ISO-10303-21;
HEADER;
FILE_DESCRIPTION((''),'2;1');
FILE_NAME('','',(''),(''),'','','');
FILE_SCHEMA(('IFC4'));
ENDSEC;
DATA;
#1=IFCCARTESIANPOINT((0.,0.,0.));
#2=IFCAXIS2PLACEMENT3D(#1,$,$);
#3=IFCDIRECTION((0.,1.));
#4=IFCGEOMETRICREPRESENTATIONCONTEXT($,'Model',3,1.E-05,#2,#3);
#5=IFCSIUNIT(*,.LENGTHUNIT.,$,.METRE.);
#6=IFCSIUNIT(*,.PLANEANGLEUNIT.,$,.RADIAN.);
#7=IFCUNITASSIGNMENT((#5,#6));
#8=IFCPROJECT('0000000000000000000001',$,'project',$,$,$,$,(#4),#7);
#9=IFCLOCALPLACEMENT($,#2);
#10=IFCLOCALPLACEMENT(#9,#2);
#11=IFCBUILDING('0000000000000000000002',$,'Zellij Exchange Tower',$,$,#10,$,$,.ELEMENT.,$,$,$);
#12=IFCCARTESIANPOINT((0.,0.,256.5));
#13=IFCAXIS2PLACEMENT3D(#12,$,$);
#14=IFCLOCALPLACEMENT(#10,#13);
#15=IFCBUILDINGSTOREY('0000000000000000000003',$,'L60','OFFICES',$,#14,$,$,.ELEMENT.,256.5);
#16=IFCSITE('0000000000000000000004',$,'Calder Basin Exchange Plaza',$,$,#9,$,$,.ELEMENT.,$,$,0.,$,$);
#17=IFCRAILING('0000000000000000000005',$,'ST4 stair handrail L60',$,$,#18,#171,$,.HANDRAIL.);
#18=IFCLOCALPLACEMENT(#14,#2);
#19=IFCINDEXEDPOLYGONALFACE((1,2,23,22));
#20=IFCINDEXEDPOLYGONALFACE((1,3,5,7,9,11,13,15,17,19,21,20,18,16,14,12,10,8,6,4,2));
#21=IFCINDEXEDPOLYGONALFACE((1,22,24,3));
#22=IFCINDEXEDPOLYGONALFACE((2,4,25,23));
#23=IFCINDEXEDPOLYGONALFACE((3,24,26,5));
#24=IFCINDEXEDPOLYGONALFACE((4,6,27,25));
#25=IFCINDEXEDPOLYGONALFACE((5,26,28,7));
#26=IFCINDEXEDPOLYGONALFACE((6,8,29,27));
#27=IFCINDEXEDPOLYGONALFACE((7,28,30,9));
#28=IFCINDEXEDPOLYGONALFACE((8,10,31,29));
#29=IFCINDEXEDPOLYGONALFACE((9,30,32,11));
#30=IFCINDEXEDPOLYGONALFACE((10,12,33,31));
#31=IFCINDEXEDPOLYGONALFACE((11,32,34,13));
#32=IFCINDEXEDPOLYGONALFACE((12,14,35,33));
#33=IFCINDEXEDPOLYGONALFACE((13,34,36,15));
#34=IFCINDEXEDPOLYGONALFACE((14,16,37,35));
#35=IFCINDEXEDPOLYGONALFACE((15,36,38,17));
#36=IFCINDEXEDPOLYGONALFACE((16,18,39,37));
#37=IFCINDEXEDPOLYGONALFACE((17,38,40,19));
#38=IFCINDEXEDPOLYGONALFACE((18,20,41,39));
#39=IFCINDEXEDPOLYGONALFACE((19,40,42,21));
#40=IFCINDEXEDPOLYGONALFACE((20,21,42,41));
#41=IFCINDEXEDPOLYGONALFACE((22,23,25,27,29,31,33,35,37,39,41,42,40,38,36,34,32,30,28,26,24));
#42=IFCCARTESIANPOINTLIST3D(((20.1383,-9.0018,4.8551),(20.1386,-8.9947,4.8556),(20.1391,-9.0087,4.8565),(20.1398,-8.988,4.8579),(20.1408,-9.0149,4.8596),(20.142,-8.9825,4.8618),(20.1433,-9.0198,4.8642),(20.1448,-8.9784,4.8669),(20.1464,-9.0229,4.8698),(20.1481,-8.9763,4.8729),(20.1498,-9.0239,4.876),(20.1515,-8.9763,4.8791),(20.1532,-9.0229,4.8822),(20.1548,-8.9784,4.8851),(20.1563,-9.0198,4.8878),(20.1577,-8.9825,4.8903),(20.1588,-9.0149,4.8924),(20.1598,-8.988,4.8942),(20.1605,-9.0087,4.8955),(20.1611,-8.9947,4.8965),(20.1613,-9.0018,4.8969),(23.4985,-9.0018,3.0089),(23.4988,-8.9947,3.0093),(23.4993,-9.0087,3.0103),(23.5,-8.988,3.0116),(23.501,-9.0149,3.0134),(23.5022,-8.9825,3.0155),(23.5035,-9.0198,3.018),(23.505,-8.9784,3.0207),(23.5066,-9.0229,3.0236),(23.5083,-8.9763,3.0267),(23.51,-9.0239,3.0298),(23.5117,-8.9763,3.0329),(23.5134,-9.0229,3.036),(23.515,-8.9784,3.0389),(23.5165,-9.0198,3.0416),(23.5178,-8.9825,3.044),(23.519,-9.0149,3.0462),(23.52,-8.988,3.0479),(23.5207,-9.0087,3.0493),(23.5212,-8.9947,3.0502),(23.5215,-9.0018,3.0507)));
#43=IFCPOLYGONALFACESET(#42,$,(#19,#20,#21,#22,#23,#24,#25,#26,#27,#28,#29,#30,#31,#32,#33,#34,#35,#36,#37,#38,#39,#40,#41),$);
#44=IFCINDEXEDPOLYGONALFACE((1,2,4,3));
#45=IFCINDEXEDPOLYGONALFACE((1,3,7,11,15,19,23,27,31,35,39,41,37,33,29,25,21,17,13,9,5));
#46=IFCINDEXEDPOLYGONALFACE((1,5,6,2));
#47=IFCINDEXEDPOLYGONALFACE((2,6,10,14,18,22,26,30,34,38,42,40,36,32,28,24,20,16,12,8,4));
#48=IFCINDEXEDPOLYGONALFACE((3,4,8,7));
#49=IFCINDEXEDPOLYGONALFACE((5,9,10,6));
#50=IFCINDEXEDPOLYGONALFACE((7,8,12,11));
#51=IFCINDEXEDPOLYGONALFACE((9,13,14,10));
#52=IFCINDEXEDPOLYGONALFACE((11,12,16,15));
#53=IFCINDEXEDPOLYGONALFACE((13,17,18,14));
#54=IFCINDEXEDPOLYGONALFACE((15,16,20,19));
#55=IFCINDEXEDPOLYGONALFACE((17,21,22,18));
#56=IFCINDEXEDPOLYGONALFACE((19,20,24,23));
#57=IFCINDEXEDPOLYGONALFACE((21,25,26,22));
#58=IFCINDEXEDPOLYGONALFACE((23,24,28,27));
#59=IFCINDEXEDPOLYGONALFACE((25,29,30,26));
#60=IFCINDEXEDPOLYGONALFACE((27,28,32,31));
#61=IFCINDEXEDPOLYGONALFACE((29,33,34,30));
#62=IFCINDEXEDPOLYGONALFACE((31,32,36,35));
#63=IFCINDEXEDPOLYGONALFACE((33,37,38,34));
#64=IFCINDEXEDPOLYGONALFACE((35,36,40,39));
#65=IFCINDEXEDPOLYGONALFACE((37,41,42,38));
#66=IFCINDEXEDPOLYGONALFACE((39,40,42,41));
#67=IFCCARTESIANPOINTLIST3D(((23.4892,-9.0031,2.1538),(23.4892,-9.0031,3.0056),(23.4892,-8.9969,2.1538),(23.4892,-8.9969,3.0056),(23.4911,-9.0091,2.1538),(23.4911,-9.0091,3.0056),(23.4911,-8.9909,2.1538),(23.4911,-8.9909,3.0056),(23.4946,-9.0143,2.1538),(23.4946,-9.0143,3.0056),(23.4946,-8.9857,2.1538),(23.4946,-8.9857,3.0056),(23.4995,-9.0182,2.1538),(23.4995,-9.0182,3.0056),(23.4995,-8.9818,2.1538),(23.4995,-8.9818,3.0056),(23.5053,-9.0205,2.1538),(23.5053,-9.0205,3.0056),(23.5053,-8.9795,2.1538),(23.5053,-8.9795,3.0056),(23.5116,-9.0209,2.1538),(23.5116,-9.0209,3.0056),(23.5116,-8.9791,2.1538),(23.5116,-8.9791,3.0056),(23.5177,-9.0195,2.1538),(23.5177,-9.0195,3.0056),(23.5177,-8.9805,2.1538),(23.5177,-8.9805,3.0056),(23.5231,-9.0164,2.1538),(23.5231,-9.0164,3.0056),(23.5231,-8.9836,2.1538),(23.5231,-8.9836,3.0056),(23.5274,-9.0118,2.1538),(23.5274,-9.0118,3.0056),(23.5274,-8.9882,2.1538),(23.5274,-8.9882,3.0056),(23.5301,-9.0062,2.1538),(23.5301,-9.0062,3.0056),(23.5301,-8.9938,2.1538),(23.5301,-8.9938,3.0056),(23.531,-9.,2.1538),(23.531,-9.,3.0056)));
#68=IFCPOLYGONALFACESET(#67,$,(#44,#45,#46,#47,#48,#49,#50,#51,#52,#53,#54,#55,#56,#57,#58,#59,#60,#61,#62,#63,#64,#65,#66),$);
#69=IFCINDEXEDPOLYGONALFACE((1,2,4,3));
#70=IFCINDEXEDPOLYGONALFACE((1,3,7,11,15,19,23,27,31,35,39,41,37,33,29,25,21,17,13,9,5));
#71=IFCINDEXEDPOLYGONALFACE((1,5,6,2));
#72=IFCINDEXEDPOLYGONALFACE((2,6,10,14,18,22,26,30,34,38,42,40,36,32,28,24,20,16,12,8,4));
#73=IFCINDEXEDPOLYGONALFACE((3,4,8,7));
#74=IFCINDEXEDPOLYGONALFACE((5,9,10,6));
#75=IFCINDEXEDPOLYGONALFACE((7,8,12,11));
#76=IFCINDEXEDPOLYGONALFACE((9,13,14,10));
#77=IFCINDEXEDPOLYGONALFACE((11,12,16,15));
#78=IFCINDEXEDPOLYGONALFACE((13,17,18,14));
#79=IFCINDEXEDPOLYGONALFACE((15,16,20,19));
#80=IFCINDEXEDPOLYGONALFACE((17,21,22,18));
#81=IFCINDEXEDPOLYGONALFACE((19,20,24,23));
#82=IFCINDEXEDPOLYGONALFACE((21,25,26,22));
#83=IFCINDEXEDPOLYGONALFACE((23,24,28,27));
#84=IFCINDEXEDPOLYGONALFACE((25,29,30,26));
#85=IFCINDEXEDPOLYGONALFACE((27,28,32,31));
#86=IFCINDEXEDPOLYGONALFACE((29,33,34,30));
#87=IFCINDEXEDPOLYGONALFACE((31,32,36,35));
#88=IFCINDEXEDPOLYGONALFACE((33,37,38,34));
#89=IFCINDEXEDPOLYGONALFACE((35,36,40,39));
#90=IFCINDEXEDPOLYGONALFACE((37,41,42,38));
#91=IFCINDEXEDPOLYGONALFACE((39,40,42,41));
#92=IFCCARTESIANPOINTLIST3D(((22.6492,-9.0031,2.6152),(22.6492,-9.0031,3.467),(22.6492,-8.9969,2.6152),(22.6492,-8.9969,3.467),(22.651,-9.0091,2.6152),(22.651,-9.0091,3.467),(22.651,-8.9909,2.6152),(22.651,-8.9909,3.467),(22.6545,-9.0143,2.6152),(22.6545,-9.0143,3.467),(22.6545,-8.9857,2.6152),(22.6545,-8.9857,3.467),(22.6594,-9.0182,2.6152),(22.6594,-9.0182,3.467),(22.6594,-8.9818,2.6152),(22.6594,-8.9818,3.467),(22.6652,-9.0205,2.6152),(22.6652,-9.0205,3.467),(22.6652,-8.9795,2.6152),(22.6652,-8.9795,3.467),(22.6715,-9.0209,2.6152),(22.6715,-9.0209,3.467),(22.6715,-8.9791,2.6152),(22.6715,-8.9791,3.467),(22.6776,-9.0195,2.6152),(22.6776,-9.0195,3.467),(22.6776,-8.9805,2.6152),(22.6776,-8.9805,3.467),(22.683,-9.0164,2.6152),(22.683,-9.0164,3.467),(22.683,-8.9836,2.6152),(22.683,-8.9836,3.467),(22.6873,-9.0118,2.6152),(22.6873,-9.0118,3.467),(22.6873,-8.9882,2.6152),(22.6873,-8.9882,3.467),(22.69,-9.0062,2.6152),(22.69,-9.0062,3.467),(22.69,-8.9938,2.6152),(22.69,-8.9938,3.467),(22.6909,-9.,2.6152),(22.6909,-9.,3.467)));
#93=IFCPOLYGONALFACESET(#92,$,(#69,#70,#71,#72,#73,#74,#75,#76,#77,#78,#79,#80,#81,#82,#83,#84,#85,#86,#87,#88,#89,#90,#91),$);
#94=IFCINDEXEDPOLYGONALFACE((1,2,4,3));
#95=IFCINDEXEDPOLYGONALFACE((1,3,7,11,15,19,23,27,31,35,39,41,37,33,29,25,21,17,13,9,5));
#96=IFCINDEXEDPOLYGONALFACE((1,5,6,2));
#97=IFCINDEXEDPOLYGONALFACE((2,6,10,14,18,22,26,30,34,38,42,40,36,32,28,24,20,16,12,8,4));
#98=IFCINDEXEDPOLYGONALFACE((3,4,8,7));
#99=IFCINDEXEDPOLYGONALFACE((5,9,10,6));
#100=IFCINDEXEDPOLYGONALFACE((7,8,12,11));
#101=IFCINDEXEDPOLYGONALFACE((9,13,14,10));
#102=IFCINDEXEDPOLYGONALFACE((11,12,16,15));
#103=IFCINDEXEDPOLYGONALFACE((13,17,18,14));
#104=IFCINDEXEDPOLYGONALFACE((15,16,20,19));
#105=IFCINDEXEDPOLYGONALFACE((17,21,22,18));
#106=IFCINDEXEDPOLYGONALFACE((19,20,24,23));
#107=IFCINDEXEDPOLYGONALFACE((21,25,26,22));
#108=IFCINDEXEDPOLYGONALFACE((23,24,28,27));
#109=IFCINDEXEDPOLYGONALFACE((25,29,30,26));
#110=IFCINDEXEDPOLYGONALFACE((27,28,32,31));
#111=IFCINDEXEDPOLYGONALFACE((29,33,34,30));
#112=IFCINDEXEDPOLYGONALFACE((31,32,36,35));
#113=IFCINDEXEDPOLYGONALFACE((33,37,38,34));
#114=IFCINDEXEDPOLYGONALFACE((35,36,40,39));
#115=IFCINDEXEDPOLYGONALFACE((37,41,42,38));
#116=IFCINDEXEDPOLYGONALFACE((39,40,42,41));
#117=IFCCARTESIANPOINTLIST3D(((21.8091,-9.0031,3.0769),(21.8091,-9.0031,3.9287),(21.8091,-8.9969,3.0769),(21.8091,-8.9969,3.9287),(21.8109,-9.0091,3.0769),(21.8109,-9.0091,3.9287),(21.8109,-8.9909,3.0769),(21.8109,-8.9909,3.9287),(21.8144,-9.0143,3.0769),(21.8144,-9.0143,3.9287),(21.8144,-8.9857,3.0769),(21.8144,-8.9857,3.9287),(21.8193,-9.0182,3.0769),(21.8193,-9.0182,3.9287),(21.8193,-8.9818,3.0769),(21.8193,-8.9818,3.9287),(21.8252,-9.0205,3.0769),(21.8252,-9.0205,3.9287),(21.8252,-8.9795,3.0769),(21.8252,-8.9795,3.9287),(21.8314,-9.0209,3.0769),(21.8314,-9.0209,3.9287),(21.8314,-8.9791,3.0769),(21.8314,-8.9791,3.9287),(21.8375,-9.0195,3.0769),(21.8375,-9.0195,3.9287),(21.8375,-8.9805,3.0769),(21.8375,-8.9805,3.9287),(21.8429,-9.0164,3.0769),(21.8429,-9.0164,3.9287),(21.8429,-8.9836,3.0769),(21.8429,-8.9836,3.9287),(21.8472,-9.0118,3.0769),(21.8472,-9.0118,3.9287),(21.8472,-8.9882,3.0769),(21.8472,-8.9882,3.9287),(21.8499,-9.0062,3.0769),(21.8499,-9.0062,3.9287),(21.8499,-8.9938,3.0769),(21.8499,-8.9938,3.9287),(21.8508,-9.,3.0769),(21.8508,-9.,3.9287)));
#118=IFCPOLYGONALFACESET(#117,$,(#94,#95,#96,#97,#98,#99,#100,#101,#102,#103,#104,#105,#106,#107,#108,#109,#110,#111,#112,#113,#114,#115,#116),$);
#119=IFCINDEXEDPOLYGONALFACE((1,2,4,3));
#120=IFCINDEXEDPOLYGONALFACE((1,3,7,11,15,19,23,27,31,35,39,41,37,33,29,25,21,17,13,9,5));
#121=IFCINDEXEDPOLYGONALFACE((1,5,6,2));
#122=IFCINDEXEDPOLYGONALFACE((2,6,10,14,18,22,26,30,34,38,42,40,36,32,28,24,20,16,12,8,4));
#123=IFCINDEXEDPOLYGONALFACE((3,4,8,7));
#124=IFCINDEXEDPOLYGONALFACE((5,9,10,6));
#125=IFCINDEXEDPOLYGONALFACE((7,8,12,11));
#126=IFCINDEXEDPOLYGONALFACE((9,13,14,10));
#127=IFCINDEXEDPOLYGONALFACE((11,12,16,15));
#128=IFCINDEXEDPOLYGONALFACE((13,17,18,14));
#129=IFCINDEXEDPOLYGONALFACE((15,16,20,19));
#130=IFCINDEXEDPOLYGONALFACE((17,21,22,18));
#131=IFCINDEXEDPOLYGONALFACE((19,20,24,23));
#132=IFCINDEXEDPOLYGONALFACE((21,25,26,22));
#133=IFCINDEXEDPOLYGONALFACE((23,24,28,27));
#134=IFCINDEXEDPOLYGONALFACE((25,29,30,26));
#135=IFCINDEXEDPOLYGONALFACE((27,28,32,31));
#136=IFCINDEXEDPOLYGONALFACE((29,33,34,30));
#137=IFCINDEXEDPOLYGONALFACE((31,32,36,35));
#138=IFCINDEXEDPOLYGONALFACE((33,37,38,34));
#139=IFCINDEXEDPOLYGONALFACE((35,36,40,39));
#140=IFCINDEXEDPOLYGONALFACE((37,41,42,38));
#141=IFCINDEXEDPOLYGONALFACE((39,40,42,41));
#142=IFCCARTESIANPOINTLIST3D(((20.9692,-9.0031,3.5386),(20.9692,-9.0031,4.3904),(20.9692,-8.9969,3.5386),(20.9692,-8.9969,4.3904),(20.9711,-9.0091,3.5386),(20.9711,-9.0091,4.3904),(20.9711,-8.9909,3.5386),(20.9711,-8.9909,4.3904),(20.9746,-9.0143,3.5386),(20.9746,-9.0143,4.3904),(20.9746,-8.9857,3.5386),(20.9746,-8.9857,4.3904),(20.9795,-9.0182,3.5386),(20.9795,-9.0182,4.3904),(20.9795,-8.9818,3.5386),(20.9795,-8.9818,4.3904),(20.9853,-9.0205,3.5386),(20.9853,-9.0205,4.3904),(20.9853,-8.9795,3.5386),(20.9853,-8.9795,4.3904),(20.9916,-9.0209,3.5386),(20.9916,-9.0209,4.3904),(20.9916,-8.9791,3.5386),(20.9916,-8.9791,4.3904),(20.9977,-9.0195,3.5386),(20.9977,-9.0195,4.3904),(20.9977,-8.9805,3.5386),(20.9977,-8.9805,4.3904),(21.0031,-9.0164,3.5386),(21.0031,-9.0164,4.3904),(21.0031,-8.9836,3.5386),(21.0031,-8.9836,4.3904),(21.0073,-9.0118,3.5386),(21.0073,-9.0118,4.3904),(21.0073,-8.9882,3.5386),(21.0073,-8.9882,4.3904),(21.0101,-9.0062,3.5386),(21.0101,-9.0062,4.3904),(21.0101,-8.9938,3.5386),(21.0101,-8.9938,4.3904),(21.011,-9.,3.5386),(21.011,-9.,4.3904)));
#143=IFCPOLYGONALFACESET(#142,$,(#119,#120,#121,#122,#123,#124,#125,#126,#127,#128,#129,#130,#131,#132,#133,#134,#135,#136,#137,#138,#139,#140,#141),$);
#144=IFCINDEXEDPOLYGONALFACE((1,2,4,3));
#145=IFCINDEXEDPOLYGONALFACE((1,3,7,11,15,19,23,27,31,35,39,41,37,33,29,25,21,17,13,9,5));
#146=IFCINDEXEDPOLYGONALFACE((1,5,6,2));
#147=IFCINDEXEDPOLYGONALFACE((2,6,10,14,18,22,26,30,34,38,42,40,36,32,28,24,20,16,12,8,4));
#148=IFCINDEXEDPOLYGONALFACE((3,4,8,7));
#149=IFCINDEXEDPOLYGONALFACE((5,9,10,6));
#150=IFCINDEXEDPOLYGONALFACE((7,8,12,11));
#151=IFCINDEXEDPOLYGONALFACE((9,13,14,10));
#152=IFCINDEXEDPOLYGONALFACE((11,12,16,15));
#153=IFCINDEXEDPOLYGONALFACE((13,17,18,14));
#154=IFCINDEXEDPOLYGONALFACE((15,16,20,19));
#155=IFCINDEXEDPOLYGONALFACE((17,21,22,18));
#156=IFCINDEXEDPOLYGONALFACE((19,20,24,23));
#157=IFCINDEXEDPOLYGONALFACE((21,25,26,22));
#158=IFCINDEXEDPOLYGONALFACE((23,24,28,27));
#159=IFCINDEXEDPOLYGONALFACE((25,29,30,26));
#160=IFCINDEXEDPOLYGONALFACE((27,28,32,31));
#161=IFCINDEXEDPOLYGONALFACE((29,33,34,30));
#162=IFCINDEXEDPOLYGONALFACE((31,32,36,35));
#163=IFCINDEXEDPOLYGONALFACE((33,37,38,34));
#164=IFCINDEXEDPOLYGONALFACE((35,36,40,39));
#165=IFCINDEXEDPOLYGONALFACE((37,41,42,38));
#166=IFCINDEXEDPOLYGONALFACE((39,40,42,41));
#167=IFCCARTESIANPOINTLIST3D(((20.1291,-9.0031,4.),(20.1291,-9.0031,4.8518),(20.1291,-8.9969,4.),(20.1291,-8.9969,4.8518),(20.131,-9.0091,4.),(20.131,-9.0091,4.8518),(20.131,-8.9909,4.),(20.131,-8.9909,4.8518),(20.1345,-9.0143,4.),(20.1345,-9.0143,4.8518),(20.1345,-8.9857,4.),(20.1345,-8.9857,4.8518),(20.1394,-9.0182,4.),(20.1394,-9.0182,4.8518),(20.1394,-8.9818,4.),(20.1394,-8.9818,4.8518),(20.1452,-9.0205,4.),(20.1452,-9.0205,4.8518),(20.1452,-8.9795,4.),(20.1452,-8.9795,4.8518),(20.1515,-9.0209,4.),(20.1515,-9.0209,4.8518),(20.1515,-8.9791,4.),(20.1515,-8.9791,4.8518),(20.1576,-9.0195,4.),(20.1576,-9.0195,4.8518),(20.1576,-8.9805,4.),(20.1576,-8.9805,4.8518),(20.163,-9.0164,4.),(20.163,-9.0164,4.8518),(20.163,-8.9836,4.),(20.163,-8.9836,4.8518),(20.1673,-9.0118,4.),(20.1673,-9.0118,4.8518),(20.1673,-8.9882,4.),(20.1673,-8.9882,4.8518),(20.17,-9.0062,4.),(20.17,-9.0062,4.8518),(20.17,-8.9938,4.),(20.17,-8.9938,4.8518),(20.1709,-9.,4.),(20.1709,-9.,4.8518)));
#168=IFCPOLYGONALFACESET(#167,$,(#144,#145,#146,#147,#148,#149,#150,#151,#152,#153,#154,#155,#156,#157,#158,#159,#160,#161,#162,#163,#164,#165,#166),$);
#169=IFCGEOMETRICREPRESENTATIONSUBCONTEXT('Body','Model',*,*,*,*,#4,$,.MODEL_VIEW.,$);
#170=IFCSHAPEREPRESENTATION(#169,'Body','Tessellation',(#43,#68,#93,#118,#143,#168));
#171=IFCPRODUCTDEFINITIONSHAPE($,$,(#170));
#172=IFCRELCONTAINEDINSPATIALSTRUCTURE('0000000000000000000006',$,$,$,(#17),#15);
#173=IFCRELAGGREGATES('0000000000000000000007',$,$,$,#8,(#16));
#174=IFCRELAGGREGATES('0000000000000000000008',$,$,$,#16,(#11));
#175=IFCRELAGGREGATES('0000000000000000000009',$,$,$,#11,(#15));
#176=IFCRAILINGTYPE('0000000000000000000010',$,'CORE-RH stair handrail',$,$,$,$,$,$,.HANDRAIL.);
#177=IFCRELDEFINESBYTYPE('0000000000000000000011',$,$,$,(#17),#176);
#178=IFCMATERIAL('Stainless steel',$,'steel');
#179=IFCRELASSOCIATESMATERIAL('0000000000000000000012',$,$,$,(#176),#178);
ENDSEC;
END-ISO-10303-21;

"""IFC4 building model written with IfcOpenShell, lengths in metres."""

from ifc_helpers import new_model, si_unit, direction, frame, origin, origin_2d, place, context, subcontext, project, spatial, circle, extrude, material, type_object, element, save


model = new_model("IFC4")

# Units and contexts
model_context = context("Model", 3, precision=1e-05, world=origin(), true_north=direction((0.0, 1.0)))
body_context = subcontext(model_context, "Body", "Model", "MODEL_VIEW")
ifc_project = project(units=[si_unit("LENGTHUNIT", "METRE"), si_unit("PLANEANGLEUNIT", "RADIAN")], contexts=[model_context])

# Site, building, storey
site_placement = place(None, origin())
site = spatial("IfcSite", under=ifc_project, at=site_placement, Name="Calder Basin Exchange Plaza", CompositionType="ELEMENT", RefElevation=0.0)
building_placement = place(site_placement, origin())
building = spatial("IfcBuilding", under=site, at=building_placement, Name="Zellij Exchange Tower", CompositionType="ELEMENT")
storey_placement = place(building_placement, frame((0.0, 0.0, 256.5)))
storey = spatial("IfcBuildingStorey", under=building, at=storey_placement, Name="L60", Description="OFFICES", CompositionType="ELEMENT", Elevation=256.5)

# Railing
ifc_material_1 = material(Name="Stainless steel", Category="steel")
railing_type_1 = type_object("IfcRailingType", Name="CORE-RH stair handrail", PredefinedType="HANDRAIL", material=ifc_material_1)
railing_1_placement = place(storey_placement, frame((23.51, -9.0, 2.1538)))
element("IfcRailing", 1, at=railing_1_placement, inside=storey, type_object=railing_type_1, Name="ST4 stair handrail L60", PredefinedType="HANDRAIL", context=body_context, shape_type="SweptSolid", body=[
    extrude(circle(Radius=0.0239, at=origin_2d()), frame((0.0, 0.0, 0.876), z_axis=(-0.876422, 0.0, 0.481545), x_axis=(0.0, -1.0, 0.0)), (0.0, 0.0, 1.0), 3.834),
    extrude(circle(Radius=0.021, at=origin_2d()), origin(), (0.0, 0.0, 1.0), 0.8518),
    extrude(circle(Radius=0.021, at=origin_2d()), frame((-0.8401, 0.0, 0.4614)), (0.0, 0.0, 1.0), 0.8518),
    extrude(circle(Radius=0.021, at=origin_2d()), frame((-1.6802, 0.0, 0.9231)), (0.0, 0.0, 1.0), 0.8518),
    extrude(circle(Radius=0.021, at=origin_2d()), frame((-2.52, 0.0, 1.3848)), (0.0, 0.0, 1.0), 0.8518),
    extrude(circle(Radius=0.021, at=origin_2d()), frame((-3.3601, 0.0, 1.8462)), (0.0, 0.0, 1.0), 0.8518),
])

save(model, "model.ifc")
